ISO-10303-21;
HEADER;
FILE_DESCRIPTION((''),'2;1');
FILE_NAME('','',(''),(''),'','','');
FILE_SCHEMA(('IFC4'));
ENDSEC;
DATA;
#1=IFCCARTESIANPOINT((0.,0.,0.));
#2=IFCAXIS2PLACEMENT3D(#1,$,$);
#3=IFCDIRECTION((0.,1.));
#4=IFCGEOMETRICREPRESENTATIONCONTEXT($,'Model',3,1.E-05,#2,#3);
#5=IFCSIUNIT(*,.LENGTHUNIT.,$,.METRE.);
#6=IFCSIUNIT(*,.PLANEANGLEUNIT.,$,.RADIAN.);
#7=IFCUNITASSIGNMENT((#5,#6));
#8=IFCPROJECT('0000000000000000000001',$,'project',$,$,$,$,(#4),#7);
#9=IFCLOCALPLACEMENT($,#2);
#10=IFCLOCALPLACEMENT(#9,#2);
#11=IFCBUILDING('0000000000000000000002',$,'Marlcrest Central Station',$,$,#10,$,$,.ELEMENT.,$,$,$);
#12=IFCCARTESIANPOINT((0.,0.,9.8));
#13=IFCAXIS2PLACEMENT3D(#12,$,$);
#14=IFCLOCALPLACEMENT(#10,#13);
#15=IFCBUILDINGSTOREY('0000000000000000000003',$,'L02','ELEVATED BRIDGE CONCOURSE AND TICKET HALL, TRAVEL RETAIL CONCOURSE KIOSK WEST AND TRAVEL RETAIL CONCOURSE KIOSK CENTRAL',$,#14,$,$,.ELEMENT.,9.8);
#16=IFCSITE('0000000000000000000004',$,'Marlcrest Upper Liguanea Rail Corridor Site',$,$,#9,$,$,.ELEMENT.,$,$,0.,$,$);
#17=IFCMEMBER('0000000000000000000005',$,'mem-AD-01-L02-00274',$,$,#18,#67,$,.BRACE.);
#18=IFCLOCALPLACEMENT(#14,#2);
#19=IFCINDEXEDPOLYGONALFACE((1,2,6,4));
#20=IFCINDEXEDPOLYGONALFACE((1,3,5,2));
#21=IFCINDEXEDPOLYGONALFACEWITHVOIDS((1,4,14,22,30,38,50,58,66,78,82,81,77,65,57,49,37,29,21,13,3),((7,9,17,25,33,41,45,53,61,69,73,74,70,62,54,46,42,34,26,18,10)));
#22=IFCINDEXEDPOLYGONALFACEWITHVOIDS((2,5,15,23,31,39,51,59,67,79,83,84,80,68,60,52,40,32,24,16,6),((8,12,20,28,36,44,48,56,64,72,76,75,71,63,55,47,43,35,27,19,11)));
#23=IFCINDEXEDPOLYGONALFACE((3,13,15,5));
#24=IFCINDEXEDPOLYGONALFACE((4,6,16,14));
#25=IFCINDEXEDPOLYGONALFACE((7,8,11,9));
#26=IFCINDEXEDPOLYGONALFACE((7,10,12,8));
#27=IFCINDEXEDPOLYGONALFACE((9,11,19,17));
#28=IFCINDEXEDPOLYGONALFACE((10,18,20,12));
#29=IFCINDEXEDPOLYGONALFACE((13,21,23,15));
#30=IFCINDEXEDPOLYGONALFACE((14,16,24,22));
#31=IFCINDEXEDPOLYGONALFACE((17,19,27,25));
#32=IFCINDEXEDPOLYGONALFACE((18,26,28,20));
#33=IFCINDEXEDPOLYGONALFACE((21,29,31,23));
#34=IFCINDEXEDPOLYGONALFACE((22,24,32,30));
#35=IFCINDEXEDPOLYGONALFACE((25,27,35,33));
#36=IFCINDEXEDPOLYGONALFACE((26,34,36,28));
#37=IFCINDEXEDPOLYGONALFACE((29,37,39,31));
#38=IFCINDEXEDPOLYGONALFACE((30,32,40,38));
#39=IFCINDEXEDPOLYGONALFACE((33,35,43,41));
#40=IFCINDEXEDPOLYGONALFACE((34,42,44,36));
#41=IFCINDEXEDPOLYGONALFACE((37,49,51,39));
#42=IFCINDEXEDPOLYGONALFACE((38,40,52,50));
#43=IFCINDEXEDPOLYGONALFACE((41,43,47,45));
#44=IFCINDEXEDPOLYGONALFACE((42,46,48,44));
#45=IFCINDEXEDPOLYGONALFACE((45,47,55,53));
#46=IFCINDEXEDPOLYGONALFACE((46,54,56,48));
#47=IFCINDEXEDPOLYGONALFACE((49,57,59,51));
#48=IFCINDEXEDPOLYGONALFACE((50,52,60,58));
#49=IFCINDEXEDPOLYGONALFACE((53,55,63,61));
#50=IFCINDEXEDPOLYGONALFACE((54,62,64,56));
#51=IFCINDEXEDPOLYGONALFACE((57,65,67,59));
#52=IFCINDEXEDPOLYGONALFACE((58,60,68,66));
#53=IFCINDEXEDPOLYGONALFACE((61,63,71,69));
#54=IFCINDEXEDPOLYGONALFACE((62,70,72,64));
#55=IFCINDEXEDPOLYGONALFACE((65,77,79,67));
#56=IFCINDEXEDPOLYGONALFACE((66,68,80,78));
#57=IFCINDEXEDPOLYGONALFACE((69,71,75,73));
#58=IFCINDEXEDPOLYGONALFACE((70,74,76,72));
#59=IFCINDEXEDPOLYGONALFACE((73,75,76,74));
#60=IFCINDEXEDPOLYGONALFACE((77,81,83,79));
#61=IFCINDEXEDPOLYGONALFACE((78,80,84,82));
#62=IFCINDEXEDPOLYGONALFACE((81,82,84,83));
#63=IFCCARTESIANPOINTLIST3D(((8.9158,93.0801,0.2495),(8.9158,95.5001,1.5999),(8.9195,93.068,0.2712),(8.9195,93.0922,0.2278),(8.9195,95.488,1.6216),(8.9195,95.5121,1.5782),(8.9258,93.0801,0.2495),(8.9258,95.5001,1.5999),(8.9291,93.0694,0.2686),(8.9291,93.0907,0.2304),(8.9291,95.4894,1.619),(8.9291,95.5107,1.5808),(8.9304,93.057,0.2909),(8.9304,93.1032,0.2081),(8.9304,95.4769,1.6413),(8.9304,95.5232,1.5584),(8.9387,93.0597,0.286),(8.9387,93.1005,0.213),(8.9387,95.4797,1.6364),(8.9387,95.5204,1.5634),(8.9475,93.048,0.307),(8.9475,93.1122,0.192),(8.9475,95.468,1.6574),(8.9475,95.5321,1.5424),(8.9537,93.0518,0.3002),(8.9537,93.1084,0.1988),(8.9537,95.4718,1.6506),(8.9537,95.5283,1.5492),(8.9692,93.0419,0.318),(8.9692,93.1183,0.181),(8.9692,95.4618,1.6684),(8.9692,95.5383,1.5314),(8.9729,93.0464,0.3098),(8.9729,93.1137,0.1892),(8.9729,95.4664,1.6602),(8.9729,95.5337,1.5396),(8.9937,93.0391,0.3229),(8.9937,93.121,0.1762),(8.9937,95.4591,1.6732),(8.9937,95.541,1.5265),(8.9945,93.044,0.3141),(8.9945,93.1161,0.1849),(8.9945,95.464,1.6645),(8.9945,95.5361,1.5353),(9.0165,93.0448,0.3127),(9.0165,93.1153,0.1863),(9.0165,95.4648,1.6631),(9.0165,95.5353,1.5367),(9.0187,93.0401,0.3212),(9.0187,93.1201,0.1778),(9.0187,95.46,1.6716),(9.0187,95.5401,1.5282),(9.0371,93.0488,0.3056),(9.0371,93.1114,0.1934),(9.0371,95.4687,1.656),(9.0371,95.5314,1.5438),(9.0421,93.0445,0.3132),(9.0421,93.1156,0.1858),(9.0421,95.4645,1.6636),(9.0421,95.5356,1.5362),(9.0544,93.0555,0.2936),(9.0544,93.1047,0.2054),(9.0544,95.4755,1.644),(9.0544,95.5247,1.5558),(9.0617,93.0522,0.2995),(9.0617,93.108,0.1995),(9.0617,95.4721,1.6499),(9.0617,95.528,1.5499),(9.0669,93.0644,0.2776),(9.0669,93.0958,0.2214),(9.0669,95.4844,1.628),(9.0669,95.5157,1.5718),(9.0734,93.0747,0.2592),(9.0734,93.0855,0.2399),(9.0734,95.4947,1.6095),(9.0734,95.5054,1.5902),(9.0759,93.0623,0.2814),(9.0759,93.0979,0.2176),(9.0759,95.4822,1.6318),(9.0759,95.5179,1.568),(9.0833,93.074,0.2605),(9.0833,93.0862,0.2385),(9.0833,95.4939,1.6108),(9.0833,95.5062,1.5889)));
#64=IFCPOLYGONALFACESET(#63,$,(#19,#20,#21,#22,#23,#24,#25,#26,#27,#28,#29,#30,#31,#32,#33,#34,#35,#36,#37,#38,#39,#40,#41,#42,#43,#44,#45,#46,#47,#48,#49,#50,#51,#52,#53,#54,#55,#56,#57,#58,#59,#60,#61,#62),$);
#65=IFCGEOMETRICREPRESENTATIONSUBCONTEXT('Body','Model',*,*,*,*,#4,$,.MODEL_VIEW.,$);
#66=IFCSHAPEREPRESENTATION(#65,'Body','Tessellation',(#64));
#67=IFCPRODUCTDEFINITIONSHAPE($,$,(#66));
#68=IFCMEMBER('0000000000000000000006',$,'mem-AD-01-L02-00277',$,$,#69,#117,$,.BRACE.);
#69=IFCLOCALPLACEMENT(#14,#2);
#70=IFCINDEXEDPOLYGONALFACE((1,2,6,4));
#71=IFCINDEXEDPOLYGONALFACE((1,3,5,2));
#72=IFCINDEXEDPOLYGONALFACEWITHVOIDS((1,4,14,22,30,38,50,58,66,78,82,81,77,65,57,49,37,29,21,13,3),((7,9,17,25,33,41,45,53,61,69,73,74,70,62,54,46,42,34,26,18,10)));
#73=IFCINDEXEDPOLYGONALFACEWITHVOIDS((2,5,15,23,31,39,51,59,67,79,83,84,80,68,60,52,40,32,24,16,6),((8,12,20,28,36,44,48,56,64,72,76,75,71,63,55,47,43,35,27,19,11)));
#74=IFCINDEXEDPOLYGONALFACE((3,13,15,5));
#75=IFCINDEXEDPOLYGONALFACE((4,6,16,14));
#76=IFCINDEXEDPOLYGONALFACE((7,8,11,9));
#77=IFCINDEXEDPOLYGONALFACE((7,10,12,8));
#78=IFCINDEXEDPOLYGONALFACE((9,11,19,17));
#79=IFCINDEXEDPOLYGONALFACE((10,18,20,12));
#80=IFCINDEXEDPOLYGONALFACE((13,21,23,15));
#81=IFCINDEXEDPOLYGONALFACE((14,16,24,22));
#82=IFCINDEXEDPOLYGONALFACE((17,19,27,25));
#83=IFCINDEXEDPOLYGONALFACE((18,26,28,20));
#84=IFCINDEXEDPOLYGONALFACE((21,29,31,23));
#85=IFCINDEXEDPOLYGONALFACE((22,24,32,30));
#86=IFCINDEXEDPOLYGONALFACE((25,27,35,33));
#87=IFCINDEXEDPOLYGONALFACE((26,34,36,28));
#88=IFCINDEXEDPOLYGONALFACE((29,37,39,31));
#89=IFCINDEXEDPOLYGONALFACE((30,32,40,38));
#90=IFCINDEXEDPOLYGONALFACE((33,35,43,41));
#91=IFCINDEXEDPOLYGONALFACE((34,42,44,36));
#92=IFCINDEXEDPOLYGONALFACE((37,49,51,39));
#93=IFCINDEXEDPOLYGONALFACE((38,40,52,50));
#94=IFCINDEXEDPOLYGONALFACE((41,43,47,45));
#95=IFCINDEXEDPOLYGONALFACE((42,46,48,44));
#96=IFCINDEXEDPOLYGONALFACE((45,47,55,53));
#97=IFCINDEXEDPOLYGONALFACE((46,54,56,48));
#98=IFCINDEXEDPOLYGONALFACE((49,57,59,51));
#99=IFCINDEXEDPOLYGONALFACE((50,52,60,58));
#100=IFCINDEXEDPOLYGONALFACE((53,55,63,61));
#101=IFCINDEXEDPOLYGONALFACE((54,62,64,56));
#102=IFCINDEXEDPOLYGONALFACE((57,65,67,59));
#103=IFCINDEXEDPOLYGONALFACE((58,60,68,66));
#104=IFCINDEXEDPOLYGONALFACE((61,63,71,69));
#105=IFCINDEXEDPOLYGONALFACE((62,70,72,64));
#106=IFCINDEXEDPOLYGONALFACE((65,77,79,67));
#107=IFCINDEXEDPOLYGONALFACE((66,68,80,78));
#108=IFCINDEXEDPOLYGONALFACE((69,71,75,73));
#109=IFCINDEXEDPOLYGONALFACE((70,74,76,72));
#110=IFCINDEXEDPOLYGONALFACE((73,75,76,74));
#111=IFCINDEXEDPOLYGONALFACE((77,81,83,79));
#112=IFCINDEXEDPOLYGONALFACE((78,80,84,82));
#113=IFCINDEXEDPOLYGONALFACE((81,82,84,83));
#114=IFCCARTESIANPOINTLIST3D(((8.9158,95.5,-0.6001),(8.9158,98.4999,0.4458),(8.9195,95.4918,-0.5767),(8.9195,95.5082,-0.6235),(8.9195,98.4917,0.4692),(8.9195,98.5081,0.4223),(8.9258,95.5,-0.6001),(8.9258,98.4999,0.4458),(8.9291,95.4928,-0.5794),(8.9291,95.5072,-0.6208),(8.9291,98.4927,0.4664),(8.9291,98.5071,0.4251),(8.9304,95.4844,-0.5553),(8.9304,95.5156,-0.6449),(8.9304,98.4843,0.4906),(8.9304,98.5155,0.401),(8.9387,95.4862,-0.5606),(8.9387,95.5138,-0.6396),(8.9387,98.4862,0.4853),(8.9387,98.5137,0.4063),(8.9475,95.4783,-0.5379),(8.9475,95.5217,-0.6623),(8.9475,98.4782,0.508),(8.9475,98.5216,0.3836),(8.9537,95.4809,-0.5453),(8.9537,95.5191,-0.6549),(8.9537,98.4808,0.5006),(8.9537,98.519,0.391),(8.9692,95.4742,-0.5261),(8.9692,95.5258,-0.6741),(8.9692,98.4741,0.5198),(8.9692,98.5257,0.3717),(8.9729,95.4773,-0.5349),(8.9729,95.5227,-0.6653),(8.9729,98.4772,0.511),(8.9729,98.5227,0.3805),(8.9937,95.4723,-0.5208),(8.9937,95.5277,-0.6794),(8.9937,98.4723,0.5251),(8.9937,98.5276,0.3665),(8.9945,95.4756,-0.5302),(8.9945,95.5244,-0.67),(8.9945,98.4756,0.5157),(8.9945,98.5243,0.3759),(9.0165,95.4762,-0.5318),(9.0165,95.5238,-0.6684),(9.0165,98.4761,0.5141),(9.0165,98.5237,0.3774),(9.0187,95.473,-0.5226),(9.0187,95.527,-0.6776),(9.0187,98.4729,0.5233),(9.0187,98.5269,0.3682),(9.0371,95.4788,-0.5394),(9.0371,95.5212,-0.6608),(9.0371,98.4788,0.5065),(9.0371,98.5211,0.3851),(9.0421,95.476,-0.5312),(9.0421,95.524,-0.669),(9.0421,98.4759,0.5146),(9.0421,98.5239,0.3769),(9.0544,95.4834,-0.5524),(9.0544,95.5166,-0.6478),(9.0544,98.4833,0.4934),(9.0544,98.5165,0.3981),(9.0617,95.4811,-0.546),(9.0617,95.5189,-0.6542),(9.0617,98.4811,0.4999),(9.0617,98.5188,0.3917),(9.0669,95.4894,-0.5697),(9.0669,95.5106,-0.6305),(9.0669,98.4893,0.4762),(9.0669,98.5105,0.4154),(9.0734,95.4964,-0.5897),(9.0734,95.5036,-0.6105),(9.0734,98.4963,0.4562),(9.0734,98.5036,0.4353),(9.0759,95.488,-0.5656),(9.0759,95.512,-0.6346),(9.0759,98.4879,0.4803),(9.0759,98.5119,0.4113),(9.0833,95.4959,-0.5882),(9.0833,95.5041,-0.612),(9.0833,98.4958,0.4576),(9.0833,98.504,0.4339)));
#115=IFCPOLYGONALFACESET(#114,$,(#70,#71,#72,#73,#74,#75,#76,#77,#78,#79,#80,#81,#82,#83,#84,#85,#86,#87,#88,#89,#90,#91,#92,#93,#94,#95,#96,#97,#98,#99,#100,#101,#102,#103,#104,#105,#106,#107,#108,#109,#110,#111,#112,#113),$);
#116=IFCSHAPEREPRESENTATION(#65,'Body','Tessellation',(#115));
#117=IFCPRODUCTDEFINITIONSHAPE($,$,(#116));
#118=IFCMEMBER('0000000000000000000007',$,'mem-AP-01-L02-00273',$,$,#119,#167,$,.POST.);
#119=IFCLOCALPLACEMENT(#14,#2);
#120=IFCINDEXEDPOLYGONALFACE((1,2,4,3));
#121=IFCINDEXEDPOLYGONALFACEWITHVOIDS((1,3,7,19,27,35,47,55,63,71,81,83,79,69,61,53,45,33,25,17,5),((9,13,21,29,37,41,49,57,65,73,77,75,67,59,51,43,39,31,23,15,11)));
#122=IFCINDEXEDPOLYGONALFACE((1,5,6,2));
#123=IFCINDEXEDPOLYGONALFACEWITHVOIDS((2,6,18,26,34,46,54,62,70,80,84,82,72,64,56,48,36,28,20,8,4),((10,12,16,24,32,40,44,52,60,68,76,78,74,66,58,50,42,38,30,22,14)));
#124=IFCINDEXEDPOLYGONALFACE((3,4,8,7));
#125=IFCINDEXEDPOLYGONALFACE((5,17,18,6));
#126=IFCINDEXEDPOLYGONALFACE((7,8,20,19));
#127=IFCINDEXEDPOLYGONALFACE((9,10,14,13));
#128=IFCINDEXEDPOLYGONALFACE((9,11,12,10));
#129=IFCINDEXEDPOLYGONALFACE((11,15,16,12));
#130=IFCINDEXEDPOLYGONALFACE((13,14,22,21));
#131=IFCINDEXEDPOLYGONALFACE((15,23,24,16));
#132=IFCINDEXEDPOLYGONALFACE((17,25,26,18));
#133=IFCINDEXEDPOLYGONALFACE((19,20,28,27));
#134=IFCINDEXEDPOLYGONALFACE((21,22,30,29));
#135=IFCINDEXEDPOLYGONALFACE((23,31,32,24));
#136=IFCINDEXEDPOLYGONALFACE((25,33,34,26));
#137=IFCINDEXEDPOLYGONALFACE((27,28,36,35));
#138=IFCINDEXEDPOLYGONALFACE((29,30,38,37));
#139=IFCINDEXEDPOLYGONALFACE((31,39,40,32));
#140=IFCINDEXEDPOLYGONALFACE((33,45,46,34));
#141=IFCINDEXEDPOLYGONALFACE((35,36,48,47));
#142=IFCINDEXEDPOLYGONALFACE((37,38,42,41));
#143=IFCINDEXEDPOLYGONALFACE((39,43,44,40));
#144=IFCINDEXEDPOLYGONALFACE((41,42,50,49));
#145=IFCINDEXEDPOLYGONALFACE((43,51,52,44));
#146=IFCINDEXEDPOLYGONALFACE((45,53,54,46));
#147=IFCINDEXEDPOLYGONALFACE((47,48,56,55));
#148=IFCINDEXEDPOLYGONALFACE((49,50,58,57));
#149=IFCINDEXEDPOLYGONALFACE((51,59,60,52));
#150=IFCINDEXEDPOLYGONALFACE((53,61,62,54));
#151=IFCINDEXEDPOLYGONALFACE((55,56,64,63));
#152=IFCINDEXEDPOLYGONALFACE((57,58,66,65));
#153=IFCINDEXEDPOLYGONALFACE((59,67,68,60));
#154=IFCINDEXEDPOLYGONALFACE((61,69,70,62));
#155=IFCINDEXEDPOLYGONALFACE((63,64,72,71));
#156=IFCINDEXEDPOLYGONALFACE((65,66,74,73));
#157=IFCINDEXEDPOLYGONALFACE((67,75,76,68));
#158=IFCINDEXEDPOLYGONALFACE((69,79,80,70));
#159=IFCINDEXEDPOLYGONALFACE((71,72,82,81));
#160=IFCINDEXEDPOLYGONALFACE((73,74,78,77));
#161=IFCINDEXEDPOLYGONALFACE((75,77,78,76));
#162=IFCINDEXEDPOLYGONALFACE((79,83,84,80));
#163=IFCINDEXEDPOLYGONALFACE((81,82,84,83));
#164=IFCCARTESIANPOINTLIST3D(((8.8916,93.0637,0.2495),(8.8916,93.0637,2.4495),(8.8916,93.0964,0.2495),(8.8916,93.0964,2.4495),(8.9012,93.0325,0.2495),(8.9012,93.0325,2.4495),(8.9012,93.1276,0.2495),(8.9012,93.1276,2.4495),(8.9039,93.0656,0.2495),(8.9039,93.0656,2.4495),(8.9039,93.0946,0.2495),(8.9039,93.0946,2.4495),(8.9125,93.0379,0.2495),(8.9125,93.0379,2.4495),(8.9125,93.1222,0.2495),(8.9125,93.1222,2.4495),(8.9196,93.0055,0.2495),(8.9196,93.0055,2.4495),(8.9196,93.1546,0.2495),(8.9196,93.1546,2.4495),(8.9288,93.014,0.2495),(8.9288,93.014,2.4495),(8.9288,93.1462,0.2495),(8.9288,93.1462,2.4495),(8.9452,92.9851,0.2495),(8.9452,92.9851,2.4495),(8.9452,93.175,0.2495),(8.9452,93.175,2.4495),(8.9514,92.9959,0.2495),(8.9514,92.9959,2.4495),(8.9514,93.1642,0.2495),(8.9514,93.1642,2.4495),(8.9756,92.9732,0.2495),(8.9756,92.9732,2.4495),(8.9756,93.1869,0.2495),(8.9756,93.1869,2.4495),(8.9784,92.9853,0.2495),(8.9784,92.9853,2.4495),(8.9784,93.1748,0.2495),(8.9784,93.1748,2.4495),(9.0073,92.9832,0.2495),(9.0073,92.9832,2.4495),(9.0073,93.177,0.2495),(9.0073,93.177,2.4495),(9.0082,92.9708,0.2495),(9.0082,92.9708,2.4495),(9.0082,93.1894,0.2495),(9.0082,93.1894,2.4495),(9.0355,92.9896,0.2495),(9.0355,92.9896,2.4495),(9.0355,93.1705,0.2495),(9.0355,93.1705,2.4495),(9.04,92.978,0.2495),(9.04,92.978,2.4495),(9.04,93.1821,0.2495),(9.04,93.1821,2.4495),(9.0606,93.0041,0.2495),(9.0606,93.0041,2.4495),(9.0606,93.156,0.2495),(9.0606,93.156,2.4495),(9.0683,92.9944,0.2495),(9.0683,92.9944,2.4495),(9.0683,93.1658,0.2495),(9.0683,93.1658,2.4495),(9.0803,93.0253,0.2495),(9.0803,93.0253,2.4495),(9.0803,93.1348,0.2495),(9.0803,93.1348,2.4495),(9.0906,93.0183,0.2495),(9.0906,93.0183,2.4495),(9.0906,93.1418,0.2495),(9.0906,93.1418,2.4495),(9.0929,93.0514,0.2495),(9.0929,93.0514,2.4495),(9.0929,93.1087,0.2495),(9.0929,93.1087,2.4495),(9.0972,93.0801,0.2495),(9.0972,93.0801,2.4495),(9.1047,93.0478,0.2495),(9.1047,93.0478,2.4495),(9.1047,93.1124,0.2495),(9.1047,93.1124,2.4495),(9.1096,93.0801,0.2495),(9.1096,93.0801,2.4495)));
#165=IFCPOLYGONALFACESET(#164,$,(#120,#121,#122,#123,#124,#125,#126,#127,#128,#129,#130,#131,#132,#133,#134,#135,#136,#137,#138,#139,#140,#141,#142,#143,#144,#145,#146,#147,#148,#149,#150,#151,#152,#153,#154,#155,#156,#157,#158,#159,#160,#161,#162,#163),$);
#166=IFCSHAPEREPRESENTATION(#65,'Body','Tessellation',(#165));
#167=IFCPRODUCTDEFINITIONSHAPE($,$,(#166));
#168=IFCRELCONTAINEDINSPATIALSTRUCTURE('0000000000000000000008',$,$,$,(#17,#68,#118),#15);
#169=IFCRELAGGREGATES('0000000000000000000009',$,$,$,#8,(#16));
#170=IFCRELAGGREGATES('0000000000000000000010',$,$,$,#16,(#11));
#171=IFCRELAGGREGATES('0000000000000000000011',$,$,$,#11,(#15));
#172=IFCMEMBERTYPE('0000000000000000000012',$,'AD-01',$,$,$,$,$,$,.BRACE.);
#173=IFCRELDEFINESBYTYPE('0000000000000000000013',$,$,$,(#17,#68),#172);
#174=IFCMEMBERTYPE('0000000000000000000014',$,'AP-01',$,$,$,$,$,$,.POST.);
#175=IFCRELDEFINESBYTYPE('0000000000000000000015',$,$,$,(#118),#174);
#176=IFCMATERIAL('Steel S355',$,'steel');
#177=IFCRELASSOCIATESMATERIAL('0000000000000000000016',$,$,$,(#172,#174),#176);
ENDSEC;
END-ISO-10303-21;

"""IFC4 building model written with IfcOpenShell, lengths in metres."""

from ifc_helpers import new_model, si_unit, direction, frame, origin, origin_2d, place, context, subcontext, project, spatial, hollow_circle, extrude, material, material_profile, profile_set, type_object, element, save


model = new_model("IFC4")

# Units and contexts
model_context = context("Model", 3, precision=1e-05, world=origin(), true_north=direction((0.0, 1.0)))
body_context = subcontext(model_context, "Body", "Model", "MODEL_VIEW")
ifc_project = project(units=[si_unit("LENGTHUNIT", "METRE"), si_unit("PLANEANGLEUNIT", "RADIAN")], contexts=[model_context])

# Site, building, storey
site_placement = place(None, origin())
site = spatial("IfcSite", under=ifc_project, at=site_placement, Name="Marlcrest Upper Liguanea Rail Corridor Site", CompositionType="ELEMENT", RefElevation=0.0)
building_placement = place(site_placement, origin())
building = spatial("IfcBuilding", under=site, at=building_placement, Name="Marlcrest Central Station", CompositionType="ELEMENT")
storey_placement = place(building_placement, frame((0.0, 0.0, 9.8)))
storey = spatial("IfcBuildingStorey", under=building, at=storey_placement, Name="L02", Description="ELEVATED BRIDGE CONCOURSE AND TICKET HALL, TRAVEL RETAIL CONCOURSE KIOSK WEST AND TRAVEL RETAIL CONCOURSE KIOSK CENTRAL", CompositionType="ELEMENT", Elevation=9.8)

# Members
ifc_material_1 = material(Name="Steel S355", Category="steel")
ifc_material_profile_1 = material_profile(ifc_material_1, hollow_circle(Radius=0.0842, WallThickness=0.01, at=origin_2d()), Name="CHS 168.3x10")
ifc_profile_set_1 = profile_set([ifc_material_profile_1], Name="Steel S355")
member_type_1 = type_object("IfcMemberType", Name="AD-01", PredefinedType="BRACE", material=ifc_profile_set_1)
member_1_placement = place(storey_placement, frame((9.0, 93.0801, 0.2495), z_axis=(0.0, 0.873246, 0.48728), x_axis=(-1.0, 0.0, 0.0)))
element("IfcMember", 1, at=member_1_placement, inside=storey, type_object=member_type_1, Name="mem-AD-01-L02-00274", PredefinedType="BRACE", context=body_context, shape_type="SweptSolid", body=[
    extrude(hollow_circle(Radius=0.0842, WallThickness=0.01, at=origin_2d()), origin(), (0.0, 0.0, 1.0), 2.7712),
])
member_2_placement = place(storey_placement, frame((9.0, 95.5, -0.6001), z_axis=(0.0, 0.94426, 0.3292), x_axis=(-1.0, 0.0, 0.0)))
element("IfcMember", 2, at=member_2_placement, inside=storey, type_object=member_type_1, Name="mem-AD-01-L02-00277", PredefinedType="BRACE", context=body_context, shape_type="SweptSolid", body=[
    extrude(hollow_circle(Radius=0.0842, WallThickness=0.01, at=origin_2d()), origin(), (0.0, 0.0, 1.0), 3.177),
])
ifc_material_profile_2 = material_profile(ifc_material_1, hollow_circle(Radius=0.1096, WallThickness=0.0125, at=origin_2d()), Name="CHS 219.1x12.5")
ifc_profile_set_2 = profile_set([ifc_material_profile_2], Name="Steel S355")
member_type_2 = type_object("IfcMemberType", Name="AP-01", PredefinedType="POST", material=ifc_profile_set_2)
for number, where, z_axis, x_axis, name in (
    (3, (9.0, 93.0801, 0.2495), (0.0, 0.0, 1.0), (1.0, 0.0, 0.0), "mem-AP-01-L02-00273"),
):
    element("IfcMember", number, at=place(storey_placement, frame(where, z_axis=z_axis, x_axis=x_axis)), inside=storey, type_object=member_type_2, Name=name, PredefinedType="POST", context=body_context, shape_type="SweptSolid", body=[
        extrude(hollow_circle(Radius=0.1096, WallThickness=0.0125, at=origin_2d()), origin(), (0.0, 0.0, 1.0), 2.2),
    ])

save(model, "model.ifc")
